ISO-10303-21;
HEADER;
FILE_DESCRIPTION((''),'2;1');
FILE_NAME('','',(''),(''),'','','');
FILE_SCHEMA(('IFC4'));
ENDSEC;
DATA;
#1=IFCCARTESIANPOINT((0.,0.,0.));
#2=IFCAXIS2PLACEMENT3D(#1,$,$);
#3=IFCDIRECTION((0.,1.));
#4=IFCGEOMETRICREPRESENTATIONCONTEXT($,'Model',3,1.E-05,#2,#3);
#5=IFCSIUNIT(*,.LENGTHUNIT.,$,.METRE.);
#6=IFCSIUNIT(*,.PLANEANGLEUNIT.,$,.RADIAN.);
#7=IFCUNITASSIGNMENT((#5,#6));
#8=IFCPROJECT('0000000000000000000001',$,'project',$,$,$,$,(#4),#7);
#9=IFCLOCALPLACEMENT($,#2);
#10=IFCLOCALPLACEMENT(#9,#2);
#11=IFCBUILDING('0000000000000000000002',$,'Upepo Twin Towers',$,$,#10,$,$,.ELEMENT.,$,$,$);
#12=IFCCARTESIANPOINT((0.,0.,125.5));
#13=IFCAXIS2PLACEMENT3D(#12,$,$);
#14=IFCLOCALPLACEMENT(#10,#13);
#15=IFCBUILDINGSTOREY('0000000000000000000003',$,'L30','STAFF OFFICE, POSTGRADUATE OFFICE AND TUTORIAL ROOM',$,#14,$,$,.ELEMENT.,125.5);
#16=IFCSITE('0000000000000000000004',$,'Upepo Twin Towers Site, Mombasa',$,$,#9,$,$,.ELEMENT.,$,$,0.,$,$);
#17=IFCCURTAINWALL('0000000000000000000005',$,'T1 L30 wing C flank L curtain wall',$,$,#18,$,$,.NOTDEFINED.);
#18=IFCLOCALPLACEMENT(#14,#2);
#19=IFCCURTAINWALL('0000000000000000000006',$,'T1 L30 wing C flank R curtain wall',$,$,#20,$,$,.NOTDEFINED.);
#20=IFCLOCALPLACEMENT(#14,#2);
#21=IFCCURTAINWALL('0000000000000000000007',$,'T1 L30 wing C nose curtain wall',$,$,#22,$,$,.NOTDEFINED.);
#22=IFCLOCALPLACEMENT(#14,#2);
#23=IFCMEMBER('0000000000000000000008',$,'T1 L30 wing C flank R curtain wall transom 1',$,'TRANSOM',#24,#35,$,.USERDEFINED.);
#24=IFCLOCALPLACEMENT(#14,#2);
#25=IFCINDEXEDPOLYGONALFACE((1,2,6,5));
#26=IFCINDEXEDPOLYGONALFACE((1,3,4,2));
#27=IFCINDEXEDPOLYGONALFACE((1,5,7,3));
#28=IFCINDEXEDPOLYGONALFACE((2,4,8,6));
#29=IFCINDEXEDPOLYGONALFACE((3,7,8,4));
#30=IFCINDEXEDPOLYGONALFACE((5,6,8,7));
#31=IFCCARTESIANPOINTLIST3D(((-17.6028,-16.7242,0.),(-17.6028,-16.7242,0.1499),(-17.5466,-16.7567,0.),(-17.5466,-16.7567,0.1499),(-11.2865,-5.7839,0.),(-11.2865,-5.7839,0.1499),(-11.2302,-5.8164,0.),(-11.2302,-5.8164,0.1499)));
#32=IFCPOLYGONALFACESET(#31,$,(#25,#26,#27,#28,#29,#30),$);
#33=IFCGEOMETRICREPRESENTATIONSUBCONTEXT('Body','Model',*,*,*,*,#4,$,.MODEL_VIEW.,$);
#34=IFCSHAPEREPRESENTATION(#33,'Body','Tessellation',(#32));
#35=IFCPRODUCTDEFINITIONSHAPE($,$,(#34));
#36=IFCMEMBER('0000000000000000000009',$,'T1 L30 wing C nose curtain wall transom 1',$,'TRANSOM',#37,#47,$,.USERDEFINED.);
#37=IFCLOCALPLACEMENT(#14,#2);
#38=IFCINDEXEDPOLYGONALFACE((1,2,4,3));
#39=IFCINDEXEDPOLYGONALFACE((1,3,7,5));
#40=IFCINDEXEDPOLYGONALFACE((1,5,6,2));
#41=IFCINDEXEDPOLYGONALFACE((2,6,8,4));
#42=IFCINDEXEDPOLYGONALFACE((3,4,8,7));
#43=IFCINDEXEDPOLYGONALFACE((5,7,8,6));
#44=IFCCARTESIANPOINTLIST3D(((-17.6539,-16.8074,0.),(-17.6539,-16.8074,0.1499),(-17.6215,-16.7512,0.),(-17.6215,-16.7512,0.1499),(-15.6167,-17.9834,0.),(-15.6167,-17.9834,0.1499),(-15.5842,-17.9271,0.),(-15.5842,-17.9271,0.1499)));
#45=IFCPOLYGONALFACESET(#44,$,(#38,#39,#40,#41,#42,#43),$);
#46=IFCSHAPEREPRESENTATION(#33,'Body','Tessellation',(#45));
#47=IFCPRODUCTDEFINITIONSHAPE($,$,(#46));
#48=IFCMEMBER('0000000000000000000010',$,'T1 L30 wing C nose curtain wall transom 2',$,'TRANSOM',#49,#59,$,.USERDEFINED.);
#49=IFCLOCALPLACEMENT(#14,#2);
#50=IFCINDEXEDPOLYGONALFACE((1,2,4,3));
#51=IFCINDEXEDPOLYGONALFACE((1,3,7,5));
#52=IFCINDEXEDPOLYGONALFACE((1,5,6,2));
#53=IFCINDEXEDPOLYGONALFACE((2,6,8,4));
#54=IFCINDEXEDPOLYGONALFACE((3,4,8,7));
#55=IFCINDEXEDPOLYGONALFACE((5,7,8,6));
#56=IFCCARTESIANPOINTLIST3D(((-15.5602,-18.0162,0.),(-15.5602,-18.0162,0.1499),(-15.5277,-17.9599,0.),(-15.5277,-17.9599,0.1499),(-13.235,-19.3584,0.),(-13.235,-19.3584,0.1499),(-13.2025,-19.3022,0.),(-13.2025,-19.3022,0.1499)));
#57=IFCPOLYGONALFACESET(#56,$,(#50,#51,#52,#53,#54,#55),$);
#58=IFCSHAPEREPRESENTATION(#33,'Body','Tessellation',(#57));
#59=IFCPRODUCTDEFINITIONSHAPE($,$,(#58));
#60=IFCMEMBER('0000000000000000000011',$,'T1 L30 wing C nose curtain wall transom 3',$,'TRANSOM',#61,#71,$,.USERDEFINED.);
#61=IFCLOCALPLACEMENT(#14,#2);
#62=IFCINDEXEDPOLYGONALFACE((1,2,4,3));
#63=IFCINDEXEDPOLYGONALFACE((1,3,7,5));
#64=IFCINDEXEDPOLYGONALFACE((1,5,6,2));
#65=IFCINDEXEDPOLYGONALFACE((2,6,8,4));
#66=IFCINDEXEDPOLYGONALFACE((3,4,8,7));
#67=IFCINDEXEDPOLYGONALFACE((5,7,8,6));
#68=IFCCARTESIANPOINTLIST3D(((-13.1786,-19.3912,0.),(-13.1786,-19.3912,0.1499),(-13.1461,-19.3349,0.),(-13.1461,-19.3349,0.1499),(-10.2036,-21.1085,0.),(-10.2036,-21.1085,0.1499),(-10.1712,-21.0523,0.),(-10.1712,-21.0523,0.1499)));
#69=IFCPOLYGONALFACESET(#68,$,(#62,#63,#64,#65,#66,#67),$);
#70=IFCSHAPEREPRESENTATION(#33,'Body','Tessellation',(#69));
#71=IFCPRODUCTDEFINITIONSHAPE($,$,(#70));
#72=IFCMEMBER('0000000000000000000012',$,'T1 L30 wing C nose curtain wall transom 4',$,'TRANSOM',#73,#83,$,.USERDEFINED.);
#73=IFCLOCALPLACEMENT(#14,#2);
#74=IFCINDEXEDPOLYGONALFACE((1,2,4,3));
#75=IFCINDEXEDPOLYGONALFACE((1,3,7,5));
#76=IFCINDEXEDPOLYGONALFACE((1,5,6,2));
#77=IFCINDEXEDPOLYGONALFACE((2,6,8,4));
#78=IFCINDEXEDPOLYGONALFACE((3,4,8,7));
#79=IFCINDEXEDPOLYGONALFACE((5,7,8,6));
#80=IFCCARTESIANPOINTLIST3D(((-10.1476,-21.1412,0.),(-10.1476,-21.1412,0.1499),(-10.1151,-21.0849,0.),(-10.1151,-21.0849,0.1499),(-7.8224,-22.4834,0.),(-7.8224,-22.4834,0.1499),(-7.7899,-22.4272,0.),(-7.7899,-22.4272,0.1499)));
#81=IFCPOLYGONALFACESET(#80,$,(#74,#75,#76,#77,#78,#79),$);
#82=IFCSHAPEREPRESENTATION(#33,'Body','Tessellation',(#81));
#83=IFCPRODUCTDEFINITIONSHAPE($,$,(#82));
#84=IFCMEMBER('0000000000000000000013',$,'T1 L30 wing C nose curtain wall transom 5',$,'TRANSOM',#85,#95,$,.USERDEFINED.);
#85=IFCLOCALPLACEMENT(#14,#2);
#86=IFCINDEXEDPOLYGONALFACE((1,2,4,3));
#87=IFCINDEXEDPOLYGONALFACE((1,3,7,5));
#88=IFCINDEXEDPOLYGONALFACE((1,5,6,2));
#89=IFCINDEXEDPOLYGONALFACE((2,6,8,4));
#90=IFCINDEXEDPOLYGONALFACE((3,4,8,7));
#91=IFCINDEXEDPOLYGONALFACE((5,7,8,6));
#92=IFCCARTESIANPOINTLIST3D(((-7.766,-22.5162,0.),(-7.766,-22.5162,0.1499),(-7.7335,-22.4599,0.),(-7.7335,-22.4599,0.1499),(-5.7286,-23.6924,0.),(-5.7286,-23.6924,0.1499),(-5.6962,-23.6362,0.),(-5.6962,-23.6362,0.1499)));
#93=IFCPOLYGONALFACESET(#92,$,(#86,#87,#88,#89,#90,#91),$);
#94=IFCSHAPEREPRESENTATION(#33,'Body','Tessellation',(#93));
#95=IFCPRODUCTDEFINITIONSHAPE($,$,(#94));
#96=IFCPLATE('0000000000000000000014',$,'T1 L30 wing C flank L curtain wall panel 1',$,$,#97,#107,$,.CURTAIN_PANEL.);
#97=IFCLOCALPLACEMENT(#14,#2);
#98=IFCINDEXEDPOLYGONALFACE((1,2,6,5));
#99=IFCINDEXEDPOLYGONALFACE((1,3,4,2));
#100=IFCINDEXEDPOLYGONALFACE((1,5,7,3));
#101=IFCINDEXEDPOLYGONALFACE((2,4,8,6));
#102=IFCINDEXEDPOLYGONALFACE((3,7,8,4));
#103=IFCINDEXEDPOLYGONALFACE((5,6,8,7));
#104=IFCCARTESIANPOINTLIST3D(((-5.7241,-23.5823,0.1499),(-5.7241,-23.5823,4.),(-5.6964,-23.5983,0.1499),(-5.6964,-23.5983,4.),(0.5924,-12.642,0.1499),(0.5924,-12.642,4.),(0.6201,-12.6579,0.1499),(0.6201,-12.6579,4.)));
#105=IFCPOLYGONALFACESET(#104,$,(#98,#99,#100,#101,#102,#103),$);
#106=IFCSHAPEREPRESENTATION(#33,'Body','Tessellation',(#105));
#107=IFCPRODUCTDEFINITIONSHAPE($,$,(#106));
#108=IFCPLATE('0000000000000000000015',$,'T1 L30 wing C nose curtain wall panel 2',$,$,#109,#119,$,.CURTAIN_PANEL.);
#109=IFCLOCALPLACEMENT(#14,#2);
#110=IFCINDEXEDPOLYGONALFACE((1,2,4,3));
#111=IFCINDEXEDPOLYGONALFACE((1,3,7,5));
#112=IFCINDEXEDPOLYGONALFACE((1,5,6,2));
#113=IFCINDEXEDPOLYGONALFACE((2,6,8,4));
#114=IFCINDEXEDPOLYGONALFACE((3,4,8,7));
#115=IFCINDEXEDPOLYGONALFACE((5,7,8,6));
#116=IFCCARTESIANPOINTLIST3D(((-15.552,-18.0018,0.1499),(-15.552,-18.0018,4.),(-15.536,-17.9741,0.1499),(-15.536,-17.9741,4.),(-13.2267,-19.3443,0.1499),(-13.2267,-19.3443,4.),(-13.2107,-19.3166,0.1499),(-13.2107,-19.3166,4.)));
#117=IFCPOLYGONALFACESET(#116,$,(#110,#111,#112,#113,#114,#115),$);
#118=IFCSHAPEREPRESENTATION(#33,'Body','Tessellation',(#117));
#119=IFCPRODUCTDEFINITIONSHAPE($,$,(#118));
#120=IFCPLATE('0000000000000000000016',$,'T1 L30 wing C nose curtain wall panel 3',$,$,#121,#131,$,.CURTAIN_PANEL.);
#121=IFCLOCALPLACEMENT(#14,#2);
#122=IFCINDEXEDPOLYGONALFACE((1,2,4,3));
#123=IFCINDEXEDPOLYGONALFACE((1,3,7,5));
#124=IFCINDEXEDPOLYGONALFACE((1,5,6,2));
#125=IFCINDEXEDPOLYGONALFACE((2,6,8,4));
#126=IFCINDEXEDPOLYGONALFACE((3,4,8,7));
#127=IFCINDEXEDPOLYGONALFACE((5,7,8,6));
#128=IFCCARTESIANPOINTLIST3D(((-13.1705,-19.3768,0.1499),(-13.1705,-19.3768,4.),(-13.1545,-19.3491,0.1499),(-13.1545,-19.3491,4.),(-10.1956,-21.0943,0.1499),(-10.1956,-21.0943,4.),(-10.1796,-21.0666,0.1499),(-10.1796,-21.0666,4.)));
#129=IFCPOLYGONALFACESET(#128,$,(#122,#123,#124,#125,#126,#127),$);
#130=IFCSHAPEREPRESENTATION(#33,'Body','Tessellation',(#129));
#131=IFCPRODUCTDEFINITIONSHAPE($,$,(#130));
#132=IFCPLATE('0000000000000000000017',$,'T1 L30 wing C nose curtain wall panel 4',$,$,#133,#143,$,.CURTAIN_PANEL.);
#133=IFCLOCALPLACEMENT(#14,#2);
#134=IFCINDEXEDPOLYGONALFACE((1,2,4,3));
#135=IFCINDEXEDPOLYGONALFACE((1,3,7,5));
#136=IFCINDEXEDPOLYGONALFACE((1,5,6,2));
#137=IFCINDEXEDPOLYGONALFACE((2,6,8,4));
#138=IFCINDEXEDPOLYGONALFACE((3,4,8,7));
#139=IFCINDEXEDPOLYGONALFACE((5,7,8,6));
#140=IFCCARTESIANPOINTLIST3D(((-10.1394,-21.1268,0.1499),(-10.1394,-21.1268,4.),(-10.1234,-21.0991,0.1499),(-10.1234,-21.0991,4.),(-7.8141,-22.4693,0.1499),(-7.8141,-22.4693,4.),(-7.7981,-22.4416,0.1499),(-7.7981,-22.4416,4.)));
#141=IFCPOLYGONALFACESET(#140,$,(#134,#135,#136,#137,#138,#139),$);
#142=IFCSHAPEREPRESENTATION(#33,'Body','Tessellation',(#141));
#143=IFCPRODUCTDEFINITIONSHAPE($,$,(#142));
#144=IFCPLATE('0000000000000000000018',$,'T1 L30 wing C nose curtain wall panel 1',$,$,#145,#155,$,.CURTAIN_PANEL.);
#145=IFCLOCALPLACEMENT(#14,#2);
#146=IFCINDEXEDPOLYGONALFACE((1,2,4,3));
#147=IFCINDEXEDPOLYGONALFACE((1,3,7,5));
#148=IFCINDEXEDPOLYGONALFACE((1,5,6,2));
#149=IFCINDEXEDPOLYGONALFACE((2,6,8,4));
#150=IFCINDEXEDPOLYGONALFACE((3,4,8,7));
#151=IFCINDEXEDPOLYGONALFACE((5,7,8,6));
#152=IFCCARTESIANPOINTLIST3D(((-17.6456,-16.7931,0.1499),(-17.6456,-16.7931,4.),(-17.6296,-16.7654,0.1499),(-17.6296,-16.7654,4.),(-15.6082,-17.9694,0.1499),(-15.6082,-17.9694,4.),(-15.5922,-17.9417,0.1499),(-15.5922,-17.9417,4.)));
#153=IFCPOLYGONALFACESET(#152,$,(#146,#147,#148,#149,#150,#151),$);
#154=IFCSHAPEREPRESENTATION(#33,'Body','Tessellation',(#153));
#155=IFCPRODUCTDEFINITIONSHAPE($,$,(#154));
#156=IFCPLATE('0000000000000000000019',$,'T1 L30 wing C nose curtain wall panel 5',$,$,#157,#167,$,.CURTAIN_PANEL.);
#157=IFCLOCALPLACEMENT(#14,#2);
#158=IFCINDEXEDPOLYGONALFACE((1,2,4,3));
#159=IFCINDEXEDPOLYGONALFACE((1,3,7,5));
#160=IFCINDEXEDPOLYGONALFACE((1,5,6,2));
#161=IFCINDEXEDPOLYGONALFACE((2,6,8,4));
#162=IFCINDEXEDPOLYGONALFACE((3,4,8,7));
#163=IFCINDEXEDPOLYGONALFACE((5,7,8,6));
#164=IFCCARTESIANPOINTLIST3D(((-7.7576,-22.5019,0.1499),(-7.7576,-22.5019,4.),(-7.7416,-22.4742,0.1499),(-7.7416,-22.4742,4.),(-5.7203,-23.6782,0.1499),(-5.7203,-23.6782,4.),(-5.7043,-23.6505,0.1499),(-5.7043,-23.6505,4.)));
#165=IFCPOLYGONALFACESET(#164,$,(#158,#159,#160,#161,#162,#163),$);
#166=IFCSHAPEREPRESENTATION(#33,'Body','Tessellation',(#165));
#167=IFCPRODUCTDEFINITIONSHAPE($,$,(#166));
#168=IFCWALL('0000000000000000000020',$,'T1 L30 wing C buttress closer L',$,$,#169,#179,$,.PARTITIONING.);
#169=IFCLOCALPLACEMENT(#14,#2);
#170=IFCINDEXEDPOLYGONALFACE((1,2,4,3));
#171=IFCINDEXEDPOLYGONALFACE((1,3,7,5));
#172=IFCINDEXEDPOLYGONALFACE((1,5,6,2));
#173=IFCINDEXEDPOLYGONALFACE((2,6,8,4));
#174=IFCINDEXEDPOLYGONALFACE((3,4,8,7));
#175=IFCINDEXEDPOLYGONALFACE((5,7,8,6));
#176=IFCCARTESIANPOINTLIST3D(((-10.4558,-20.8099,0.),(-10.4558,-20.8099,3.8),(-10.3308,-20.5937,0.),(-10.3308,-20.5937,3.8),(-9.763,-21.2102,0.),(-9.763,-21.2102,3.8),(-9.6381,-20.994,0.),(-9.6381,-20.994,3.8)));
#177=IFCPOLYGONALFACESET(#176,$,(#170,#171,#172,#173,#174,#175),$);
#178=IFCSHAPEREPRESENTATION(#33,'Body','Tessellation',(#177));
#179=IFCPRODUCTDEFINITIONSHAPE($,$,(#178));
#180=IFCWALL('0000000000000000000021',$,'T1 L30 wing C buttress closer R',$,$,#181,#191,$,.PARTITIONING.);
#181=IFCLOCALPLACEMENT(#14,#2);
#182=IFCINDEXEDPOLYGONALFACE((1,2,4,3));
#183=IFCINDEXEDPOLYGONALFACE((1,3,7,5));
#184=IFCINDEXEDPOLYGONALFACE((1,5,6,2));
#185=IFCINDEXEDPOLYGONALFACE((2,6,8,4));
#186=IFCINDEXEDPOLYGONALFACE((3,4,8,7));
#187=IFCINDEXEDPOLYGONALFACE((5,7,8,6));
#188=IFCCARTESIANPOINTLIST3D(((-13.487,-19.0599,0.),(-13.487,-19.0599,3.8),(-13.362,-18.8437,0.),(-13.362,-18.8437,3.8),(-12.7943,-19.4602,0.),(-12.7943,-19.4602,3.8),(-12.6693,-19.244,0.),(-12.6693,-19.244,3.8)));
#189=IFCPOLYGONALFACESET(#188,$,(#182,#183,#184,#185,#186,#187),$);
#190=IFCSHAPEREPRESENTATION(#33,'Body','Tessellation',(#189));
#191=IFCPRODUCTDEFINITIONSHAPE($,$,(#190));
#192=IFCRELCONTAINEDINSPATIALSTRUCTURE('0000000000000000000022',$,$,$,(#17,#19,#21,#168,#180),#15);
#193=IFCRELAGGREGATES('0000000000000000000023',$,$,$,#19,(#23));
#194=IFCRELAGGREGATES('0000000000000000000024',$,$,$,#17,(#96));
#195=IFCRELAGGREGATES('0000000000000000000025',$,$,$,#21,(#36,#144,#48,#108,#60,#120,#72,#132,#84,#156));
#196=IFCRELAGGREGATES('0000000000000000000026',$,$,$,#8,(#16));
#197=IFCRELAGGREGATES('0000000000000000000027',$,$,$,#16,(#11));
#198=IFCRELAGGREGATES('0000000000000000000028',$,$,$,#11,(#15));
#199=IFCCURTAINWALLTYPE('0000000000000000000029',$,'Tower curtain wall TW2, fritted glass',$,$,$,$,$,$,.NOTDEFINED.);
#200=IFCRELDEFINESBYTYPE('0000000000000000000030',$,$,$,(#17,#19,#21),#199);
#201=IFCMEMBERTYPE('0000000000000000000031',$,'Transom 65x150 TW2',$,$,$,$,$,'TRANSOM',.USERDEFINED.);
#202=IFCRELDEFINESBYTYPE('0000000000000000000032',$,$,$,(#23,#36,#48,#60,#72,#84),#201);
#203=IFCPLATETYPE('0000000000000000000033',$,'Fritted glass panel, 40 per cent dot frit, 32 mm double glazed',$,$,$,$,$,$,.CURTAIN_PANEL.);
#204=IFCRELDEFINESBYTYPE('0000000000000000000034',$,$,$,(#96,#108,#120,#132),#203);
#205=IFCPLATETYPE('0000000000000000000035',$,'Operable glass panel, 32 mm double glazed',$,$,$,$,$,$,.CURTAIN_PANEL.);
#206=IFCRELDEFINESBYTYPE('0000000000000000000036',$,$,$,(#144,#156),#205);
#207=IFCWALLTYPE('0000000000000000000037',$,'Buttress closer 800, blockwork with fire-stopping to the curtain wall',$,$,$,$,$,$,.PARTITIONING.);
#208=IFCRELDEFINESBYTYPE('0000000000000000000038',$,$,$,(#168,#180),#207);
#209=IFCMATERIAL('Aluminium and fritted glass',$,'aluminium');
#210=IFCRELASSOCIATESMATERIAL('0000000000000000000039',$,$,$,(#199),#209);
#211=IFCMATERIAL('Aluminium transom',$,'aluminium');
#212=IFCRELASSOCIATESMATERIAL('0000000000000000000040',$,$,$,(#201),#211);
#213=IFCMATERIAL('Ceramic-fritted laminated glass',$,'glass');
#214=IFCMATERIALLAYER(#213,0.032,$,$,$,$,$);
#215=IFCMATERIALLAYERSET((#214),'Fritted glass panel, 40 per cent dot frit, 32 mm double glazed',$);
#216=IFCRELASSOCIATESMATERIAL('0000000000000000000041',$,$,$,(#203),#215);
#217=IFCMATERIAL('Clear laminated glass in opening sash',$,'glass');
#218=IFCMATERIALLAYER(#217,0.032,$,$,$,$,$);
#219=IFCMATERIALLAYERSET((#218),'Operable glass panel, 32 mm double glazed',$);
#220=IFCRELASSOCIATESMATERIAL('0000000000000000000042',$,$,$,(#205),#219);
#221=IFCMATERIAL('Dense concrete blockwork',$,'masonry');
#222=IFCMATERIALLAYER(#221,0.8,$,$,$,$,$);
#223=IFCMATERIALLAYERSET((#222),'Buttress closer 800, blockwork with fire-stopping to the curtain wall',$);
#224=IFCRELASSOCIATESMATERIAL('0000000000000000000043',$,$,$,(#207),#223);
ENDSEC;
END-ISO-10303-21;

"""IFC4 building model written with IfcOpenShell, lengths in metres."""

from ifc_helpers import new_model, si_unit, direction, frame, frame_2d, origin, origin_2d, place, context, subcontext, project, spatial, rectangle, extrude, material, layer, layer_set, material_profile, profile_set, type_object, element, aggregate, save


model = new_model("IFC4")

# Units and contexts
model_context = context("Model", 3, precision=1e-05, world=origin(), true_north=direction((0.0, 1.0)))
body_context = subcontext(model_context, "Body", "Model", "MODEL_VIEW")
ifc_project = project(units=[si_unit("LENGTHUNIT", "METRE"), si_unit("PLANEANGLEUNIT", "RADIAN")], contexts=[model_context])

# Site, building, storey
site_placement = place(None, origin())
site = spatial("IfcSite", under=ifc_project, at=site_placement, Name="Upepo Twin Towers Site, Mombasa", CompositionType="ELEMENT", RefElevation=0.0)
building_placement = place(site_placement, origin())
building = spatial("IfcBuilding", under=site, at=building_placement, Name="Upepo Twin Towers", CompositionType="ELEMENT")
storey_placement = place(building_placement, frame((0.0, 0.0, 125.5)))
storey = spatial("IfcBuildingStorey", under=building, at=storey_placement, Name="L30", Description="STAFF OFFICE, POSTGRADUATE OFFICE AND TUTORIAL ROOM", CompositionType="ELEMENT", Elevation=125.5)

# Curtain walls
ifc_material_1 = material(Name="Aluminium and fritted glass", Category="aluminium")
curtain_wall_type = type_object("IfcCurtainWallType", Name="Tower curtain wall TW2, fritted glass", PredefinedType="NOTDEFINED", material=ifc_material_1)
curtain_wall_1_placement = place(storey_placement, origin())
curtain_wall_1 = element("IfcCurtainWall", 1, at=curtain_wall_1_placement, inside=storey, type_object=curtain_wall_type, Name="T1 L30 wing C flank L curtain wall", PredefinedType="NOTDEFINED")
curtain_wall_2_placement = place(storey_placement, origin())
curtain_wall_2 = element("IfcCurtainWall", 2, at=curtain_wall_2_placement, inside=storey, type_object=curtain_wall_type, Name="T1 L30 wing C flank R curtain wall", PredefinedType="NOTDEFINED")

# Curtain wall
curtain_wall_3_placement = place(storey_placement, origin())
curtain_wall_3 = element("IfcCurtainWall", 3, at=curtain_wall_3_placement, inside=storey, type_object=curtain_wall_type, Name="T1 L30 wing C nose curtain wall", PredefinedType="NOTDEFINED")

# Members
ifc_material_2 = material(Name="Aluminium transom", Category="aluminium")
ifc_material_profile_1 = material_profile(ifc_material_2, rectangle(XDim=0.0649, YDim=0.1499, at=origin_2d()), Name="TRANSOM 65x150")
ifc_profile_set_1 = profile_set([ifc_material_profile_1], Name="Aluminium transom")
member_type_1 = type_object("IfcMemberType", Name="Transom 65x150 TW2", ElementType="TRANSOM", PredefinedType="USERDEFINED", material=ifc_profile_set_1)
member_1_placement = place(storey_placement, frame((-17.5747, -16.7405, 0.075), z_axis=(0.499997, 0.866027, 0.0), x_axis=(-0.866027, 0.499997, 0.0)))
member_1 = element("IfcMember", 4, at=member_1_placement, type_object=member_type_1, Name="T1 L30 wing C flank R curtain wall transom 1", ObjectType="TRANSOM", PredefinedType="USERDEFINED", context=body_context, shape_type="SweptSolid", body=[
    extrude(rectangle(XDim=0.0649, YDim=0.1499, at=origin_2d()), origin(), (0.0, 0.0, 1.0), 12.6328),
])
aggregate(curtain_wall_2, [member_1])
member_2_placement = place(storey_placement, frame((-17.6377, -16.7793, 0.075), z_axis=(0.86607, -0.499923, 0.0), x_axis=(0.499923, 0.86607, 0.0)))
member_2 = element("IfcMember", 5, at=member_2_placement, type_object=member_type_1, Name="T1 L30 wing C nose curtain wall transom 1", ObjectType="TRANSOM", PredefinedType="USERDEFINED", context=body_context, shape_type="SweptSolid", body=[
    extrude(rectangle(XDim=0.0649, YDim=0.1499, at=origin_2d()), origin(), (0.0, 0.0, 1.0), 2.3523),
])
member_3_placement = place(storey_placement, frame((-15.5439, -17.988, 0.075), z_axis=(0.866052, -0.499953, 0.0), x_axis=(0.499953, 0.866052, 0.0)))
member_3 = element("IfcMember", 6, at=member_3_placement, type_object=member_type_1, Name="T1 L30 wing C nose curtain wall transom 2", ObjectType="TRANSOM", PredefinedType="USERDEFINED", context=body_context, shape_type="SweptSolid", body=[
    extrude(rectangle(XDim=0.0649, YDim=0.1499, at=origin_2d()), origin(), (0.0, 0.0, 1.0), 2.6848),
])
member_4_placement = place(storey_placement, frame((-13.1624, -19.363, 0.075), z_axis=(0.866057, -0.499946, 0.0), x_axis=(0.499946, 0.866057, 0.0)))
member_4 = element("IfcMember", 7, at=member_4_placement, type_object=member_type_1, Name="T1 L30 wing C nose curtain wall transom 3", ObjectType="TRANSOM", PredefinedType="USERDEFINED", context=body_context, shape_type="SweptSolid", body=[
    extrude(rectangle(XDim=0.0649, YDim=0.1499, at=origin_2d()), origin(), (0.0, 0.0, 1.0), 3.4351),
])
member_5_placement = place(storey_placement, frame((-10.1313, -21.113, 0.075), z_axis=(0.866052, -0.499953, 0.0), x_axis=(0.499953, 0.866052, 0.0)))
member_5 = element("IfcMember", 8, at=member_5_placement, type_object=member_type_1, Name="T1 L30 wing C nose curtain wall transom 4", ObjectType="TRANSOM", PredefinedType="USERDEFINED", context=body_context, shape_type="SweptSolid", body=[
    extrude(rectangle(XDim=0.0649, YDim=0.1499, at=origin_2d()), origin(), (0.0, 0.0, 1.0), 2.6848),
])
member_6_placement = place(storey_placement, frame((-7.7498, -22.488, 0.075), z_axis=(0.866025, -0.500001, 0.0), x_axis=(0.500001, 0.866025, 0.0)))
member_6 = element("IfcMember", 9, at=member_6_placement, type_object=member_type_1, Name="T1 L30 wing C nose curtain wall transom 5", ObjectType="TRANSOM", PredefinedType="USERDEFINED", context=body_context, shape_type="SweptSolid", body=[
    extrude(rectangle(XDim=0.0649, YDim=0.1499, at=origin_2d()), origin(), (0.0, 0.0, 1.0), 2.3525),
])

# Plates
ifc_material_3 = material(Name="Ceramic-fritted laminated glass", Category="glass")
ifc_layer_1 = layer(ifc_material_3, 0.032)
ifc_layer_set_1 = layer_set([ifc_layer_1], Name="Fritted glass panel, 40 per cent dot frit, 32 mm double glazed")
plate_type_1 = type_object("IfcPlateType", Name="Fritted glass panel, 40 per cent dot frit, 32 mm double glazed", PredefinedType="CURTAIN_PANEL", material=ifc_layer_set_1)
plate_1_placement = place(storey_placement, frame((-2.552, -18.1201, 0.1499), z_axis=(0.0, 0.0, 1.0), x_axis=(-0.5, -0.866025, 0.0)))
plate_1 = element("IfcPlate", 10, at=plate_1_placement, type_object=plate_type_1, Name="T1 L30 wing C flank L curtain wall panel 1", PredefinedType="CURTAIN_PANEL", context=body_context, shape_type="SweptSolid", body=[
    extrude(rectangle(XDim=12.6328, YDim=0.032, at=origin_2d()), origin(), (0.0, 0.0, 1.0), 3.8501),
])
aggregate(curtain_wall_1, [plate_1])
plate_2_placement = place(storey_placement, frame((-14.3813, -18.6592, 0.1499), z_axis=(0.0, 0.0, 1.0), x_axis=(0.866025, -0.5, 0.0)))
plate_2 = element("IfcPlate", 11, at=plate_2_placement, type_object=plate_type_1, Name="T1 L30 wing C nose curtain wall panel 2", PredefinedType="CURTAIN_PANEL", context=body_context, shape_type="SweptSolid", body=[
    extrude(rectangle(XDim=2.6851, YDim=0.032, at=origin_2d()), origin(), (0.0, 0.0, 1.0), 3.8501),
])
plate_3_placement = place(storey_placement, frame((-11.675, -20.2217, 0.1499), z_axis=(0.0, 0.0, 1.0), x_axis=(0.866025, -0.5, 0.0)))
plate_3 = element("IfcPlate", 12, at=plate_3_placement, type_object=plate_type_1, Name="T1 L30 wing C nose curtain wall panel 3", PredefinedType="CURTAIN_PANEL", context=body_context, shape_type="SweptSolid", body=[
    extrude(rectangle(XDim=3.4351, YDim=0.032, at=origin_2d()), origin(), (0.0, 0.0, 1.0), 3.8501),
])
plate_4_placement = place(storey_placement, frame((-8.9688, -21.7842, 0.1499), z_axis=(0.0, 0.0, 1.0), x_axis=(0.866025, -0.5, 0.0)))
plate_4 = element("IfcPlate", 13, at=plate_4_placement, type_object=plate_type_1, Name="T1 L30 wing C nose curtain wall panel 4", PredefinedType="CURTAIN_PANEL", context=body_context, shape_type="SweptSolid", body=[
    extrude(rectangle(XDim=2.6851, YDim=0.032, at=origin_2d()), origin(), (0.0, 0.0, 1.0), 3.8501),
])
ifc_material_4 = material(Name="Clear laminated glass in opening sash", Category="glass")
ifc_layer_2 = layer(ifc_material_4, 0.032)
ifc_layer_set_2 = layer_set([ifc_layer_2], Name="Operable glass panel, 32 mm double glazed")
plate_type_2 = type_object("IfcPlateType", Name="Operable glass panel, 32 mm double glazed", PredefinedType="CURTAIN_PANEL", material=ifc_layer_set_2)
plate_5_placement = place(storey_placement, frame((-16.6189, -17.3674, 0.1499), z_axis=(0.0, 0.0, 1.0), x_axis=(0.866025, -0.5, 0.0)))
plate_5 = element("IfcPlate", 14, at=plate_5_placement, type_object=plate_type_2, Name="T1 L30 wing C nose curtain wall panel 1", PredefinedType="CURTAIN_PANEL", context=body_context, shape_type="SweptSolid", body=[
    extrude(rectangle(XDim=2.3525, YDim=0.032, at=origin_2d()), origin(), (0.0, 0.0, 1.0), 3.8501),
])
plate_6_placement = place(storey_placement, frame((-6.731, -23.0762, 0.1499), z_axis=(0.0, 0.0, 1.0), x_axis=(0.866025, -0.5, 0.0)))
plate_6 = element("IfcPlate", 15, at=plate_6_placement, type_object=plate_type_2, Name="T1 L30 wing C nose curtain wall panel 5", PredefinedType="CURTAIN_PANEL", context=body_context, shape_type="SweptSolid", body=[
    extrude(rectangle(XDim=2.3525, YDim=0.032, at=origin_2d()), origin(), (0.0, 0.0, 1.0), 3.8501),
])
aggregate(curtain_wall_3, [member_2, plate_5, member_3, plate_2, member_4, plate_3, member_5, plate_4, member_6, plate_6])

# Walls
ifc_material_5 = material(Name="Dense concrete blockwork", Category="masonry")
ifc_layer_3 = layer(ifc_material_5, 0.8)
ifc_layer_set_3 = layer_set([ifc_layer_3], Name="Buttress closer 800, blockwork with fire-stopping to the curtain wall")
wall_type = type_object("IfcWallType", Name="Buttress closer 800, blockwork with fire-stopping to the curtain wall", PredefinedType="PARTITIONING", material=ifc_layer_set_3)
for number, where, z_axis, x_axis, name in (
    (16, (-9.9844, -20.7937, 0.0), (0.0, 0.0, 1.0), (-0.500343, -0.865827, 0.0), "T1 L30 wing C buttress closer L"),
    (17, (-13.0156, -19.0437, 0.0), (0.0, 0.0, 1.0), (-0.500343, -0.865827, 0.0), "T1 L30 wing C buttress closer R"),
):
    element("IfcWall", number, at=place(storey_placement, frame(where, z_axis=z_axis, x_axis=x_axis)), inside=storey, type_object=wall_type, Name=name, PredefinedType="PARTITIONING", context=body_context, shape_type="SweptSolid", body=[
        extrude(rectangle(XDim=0.2498, YDim=0.8, at=frame_2d((0.125, 0.0))), origin(), (0.0, 0.0, 1.0), 3.8),
    ])

save(model, "model.ifc")
